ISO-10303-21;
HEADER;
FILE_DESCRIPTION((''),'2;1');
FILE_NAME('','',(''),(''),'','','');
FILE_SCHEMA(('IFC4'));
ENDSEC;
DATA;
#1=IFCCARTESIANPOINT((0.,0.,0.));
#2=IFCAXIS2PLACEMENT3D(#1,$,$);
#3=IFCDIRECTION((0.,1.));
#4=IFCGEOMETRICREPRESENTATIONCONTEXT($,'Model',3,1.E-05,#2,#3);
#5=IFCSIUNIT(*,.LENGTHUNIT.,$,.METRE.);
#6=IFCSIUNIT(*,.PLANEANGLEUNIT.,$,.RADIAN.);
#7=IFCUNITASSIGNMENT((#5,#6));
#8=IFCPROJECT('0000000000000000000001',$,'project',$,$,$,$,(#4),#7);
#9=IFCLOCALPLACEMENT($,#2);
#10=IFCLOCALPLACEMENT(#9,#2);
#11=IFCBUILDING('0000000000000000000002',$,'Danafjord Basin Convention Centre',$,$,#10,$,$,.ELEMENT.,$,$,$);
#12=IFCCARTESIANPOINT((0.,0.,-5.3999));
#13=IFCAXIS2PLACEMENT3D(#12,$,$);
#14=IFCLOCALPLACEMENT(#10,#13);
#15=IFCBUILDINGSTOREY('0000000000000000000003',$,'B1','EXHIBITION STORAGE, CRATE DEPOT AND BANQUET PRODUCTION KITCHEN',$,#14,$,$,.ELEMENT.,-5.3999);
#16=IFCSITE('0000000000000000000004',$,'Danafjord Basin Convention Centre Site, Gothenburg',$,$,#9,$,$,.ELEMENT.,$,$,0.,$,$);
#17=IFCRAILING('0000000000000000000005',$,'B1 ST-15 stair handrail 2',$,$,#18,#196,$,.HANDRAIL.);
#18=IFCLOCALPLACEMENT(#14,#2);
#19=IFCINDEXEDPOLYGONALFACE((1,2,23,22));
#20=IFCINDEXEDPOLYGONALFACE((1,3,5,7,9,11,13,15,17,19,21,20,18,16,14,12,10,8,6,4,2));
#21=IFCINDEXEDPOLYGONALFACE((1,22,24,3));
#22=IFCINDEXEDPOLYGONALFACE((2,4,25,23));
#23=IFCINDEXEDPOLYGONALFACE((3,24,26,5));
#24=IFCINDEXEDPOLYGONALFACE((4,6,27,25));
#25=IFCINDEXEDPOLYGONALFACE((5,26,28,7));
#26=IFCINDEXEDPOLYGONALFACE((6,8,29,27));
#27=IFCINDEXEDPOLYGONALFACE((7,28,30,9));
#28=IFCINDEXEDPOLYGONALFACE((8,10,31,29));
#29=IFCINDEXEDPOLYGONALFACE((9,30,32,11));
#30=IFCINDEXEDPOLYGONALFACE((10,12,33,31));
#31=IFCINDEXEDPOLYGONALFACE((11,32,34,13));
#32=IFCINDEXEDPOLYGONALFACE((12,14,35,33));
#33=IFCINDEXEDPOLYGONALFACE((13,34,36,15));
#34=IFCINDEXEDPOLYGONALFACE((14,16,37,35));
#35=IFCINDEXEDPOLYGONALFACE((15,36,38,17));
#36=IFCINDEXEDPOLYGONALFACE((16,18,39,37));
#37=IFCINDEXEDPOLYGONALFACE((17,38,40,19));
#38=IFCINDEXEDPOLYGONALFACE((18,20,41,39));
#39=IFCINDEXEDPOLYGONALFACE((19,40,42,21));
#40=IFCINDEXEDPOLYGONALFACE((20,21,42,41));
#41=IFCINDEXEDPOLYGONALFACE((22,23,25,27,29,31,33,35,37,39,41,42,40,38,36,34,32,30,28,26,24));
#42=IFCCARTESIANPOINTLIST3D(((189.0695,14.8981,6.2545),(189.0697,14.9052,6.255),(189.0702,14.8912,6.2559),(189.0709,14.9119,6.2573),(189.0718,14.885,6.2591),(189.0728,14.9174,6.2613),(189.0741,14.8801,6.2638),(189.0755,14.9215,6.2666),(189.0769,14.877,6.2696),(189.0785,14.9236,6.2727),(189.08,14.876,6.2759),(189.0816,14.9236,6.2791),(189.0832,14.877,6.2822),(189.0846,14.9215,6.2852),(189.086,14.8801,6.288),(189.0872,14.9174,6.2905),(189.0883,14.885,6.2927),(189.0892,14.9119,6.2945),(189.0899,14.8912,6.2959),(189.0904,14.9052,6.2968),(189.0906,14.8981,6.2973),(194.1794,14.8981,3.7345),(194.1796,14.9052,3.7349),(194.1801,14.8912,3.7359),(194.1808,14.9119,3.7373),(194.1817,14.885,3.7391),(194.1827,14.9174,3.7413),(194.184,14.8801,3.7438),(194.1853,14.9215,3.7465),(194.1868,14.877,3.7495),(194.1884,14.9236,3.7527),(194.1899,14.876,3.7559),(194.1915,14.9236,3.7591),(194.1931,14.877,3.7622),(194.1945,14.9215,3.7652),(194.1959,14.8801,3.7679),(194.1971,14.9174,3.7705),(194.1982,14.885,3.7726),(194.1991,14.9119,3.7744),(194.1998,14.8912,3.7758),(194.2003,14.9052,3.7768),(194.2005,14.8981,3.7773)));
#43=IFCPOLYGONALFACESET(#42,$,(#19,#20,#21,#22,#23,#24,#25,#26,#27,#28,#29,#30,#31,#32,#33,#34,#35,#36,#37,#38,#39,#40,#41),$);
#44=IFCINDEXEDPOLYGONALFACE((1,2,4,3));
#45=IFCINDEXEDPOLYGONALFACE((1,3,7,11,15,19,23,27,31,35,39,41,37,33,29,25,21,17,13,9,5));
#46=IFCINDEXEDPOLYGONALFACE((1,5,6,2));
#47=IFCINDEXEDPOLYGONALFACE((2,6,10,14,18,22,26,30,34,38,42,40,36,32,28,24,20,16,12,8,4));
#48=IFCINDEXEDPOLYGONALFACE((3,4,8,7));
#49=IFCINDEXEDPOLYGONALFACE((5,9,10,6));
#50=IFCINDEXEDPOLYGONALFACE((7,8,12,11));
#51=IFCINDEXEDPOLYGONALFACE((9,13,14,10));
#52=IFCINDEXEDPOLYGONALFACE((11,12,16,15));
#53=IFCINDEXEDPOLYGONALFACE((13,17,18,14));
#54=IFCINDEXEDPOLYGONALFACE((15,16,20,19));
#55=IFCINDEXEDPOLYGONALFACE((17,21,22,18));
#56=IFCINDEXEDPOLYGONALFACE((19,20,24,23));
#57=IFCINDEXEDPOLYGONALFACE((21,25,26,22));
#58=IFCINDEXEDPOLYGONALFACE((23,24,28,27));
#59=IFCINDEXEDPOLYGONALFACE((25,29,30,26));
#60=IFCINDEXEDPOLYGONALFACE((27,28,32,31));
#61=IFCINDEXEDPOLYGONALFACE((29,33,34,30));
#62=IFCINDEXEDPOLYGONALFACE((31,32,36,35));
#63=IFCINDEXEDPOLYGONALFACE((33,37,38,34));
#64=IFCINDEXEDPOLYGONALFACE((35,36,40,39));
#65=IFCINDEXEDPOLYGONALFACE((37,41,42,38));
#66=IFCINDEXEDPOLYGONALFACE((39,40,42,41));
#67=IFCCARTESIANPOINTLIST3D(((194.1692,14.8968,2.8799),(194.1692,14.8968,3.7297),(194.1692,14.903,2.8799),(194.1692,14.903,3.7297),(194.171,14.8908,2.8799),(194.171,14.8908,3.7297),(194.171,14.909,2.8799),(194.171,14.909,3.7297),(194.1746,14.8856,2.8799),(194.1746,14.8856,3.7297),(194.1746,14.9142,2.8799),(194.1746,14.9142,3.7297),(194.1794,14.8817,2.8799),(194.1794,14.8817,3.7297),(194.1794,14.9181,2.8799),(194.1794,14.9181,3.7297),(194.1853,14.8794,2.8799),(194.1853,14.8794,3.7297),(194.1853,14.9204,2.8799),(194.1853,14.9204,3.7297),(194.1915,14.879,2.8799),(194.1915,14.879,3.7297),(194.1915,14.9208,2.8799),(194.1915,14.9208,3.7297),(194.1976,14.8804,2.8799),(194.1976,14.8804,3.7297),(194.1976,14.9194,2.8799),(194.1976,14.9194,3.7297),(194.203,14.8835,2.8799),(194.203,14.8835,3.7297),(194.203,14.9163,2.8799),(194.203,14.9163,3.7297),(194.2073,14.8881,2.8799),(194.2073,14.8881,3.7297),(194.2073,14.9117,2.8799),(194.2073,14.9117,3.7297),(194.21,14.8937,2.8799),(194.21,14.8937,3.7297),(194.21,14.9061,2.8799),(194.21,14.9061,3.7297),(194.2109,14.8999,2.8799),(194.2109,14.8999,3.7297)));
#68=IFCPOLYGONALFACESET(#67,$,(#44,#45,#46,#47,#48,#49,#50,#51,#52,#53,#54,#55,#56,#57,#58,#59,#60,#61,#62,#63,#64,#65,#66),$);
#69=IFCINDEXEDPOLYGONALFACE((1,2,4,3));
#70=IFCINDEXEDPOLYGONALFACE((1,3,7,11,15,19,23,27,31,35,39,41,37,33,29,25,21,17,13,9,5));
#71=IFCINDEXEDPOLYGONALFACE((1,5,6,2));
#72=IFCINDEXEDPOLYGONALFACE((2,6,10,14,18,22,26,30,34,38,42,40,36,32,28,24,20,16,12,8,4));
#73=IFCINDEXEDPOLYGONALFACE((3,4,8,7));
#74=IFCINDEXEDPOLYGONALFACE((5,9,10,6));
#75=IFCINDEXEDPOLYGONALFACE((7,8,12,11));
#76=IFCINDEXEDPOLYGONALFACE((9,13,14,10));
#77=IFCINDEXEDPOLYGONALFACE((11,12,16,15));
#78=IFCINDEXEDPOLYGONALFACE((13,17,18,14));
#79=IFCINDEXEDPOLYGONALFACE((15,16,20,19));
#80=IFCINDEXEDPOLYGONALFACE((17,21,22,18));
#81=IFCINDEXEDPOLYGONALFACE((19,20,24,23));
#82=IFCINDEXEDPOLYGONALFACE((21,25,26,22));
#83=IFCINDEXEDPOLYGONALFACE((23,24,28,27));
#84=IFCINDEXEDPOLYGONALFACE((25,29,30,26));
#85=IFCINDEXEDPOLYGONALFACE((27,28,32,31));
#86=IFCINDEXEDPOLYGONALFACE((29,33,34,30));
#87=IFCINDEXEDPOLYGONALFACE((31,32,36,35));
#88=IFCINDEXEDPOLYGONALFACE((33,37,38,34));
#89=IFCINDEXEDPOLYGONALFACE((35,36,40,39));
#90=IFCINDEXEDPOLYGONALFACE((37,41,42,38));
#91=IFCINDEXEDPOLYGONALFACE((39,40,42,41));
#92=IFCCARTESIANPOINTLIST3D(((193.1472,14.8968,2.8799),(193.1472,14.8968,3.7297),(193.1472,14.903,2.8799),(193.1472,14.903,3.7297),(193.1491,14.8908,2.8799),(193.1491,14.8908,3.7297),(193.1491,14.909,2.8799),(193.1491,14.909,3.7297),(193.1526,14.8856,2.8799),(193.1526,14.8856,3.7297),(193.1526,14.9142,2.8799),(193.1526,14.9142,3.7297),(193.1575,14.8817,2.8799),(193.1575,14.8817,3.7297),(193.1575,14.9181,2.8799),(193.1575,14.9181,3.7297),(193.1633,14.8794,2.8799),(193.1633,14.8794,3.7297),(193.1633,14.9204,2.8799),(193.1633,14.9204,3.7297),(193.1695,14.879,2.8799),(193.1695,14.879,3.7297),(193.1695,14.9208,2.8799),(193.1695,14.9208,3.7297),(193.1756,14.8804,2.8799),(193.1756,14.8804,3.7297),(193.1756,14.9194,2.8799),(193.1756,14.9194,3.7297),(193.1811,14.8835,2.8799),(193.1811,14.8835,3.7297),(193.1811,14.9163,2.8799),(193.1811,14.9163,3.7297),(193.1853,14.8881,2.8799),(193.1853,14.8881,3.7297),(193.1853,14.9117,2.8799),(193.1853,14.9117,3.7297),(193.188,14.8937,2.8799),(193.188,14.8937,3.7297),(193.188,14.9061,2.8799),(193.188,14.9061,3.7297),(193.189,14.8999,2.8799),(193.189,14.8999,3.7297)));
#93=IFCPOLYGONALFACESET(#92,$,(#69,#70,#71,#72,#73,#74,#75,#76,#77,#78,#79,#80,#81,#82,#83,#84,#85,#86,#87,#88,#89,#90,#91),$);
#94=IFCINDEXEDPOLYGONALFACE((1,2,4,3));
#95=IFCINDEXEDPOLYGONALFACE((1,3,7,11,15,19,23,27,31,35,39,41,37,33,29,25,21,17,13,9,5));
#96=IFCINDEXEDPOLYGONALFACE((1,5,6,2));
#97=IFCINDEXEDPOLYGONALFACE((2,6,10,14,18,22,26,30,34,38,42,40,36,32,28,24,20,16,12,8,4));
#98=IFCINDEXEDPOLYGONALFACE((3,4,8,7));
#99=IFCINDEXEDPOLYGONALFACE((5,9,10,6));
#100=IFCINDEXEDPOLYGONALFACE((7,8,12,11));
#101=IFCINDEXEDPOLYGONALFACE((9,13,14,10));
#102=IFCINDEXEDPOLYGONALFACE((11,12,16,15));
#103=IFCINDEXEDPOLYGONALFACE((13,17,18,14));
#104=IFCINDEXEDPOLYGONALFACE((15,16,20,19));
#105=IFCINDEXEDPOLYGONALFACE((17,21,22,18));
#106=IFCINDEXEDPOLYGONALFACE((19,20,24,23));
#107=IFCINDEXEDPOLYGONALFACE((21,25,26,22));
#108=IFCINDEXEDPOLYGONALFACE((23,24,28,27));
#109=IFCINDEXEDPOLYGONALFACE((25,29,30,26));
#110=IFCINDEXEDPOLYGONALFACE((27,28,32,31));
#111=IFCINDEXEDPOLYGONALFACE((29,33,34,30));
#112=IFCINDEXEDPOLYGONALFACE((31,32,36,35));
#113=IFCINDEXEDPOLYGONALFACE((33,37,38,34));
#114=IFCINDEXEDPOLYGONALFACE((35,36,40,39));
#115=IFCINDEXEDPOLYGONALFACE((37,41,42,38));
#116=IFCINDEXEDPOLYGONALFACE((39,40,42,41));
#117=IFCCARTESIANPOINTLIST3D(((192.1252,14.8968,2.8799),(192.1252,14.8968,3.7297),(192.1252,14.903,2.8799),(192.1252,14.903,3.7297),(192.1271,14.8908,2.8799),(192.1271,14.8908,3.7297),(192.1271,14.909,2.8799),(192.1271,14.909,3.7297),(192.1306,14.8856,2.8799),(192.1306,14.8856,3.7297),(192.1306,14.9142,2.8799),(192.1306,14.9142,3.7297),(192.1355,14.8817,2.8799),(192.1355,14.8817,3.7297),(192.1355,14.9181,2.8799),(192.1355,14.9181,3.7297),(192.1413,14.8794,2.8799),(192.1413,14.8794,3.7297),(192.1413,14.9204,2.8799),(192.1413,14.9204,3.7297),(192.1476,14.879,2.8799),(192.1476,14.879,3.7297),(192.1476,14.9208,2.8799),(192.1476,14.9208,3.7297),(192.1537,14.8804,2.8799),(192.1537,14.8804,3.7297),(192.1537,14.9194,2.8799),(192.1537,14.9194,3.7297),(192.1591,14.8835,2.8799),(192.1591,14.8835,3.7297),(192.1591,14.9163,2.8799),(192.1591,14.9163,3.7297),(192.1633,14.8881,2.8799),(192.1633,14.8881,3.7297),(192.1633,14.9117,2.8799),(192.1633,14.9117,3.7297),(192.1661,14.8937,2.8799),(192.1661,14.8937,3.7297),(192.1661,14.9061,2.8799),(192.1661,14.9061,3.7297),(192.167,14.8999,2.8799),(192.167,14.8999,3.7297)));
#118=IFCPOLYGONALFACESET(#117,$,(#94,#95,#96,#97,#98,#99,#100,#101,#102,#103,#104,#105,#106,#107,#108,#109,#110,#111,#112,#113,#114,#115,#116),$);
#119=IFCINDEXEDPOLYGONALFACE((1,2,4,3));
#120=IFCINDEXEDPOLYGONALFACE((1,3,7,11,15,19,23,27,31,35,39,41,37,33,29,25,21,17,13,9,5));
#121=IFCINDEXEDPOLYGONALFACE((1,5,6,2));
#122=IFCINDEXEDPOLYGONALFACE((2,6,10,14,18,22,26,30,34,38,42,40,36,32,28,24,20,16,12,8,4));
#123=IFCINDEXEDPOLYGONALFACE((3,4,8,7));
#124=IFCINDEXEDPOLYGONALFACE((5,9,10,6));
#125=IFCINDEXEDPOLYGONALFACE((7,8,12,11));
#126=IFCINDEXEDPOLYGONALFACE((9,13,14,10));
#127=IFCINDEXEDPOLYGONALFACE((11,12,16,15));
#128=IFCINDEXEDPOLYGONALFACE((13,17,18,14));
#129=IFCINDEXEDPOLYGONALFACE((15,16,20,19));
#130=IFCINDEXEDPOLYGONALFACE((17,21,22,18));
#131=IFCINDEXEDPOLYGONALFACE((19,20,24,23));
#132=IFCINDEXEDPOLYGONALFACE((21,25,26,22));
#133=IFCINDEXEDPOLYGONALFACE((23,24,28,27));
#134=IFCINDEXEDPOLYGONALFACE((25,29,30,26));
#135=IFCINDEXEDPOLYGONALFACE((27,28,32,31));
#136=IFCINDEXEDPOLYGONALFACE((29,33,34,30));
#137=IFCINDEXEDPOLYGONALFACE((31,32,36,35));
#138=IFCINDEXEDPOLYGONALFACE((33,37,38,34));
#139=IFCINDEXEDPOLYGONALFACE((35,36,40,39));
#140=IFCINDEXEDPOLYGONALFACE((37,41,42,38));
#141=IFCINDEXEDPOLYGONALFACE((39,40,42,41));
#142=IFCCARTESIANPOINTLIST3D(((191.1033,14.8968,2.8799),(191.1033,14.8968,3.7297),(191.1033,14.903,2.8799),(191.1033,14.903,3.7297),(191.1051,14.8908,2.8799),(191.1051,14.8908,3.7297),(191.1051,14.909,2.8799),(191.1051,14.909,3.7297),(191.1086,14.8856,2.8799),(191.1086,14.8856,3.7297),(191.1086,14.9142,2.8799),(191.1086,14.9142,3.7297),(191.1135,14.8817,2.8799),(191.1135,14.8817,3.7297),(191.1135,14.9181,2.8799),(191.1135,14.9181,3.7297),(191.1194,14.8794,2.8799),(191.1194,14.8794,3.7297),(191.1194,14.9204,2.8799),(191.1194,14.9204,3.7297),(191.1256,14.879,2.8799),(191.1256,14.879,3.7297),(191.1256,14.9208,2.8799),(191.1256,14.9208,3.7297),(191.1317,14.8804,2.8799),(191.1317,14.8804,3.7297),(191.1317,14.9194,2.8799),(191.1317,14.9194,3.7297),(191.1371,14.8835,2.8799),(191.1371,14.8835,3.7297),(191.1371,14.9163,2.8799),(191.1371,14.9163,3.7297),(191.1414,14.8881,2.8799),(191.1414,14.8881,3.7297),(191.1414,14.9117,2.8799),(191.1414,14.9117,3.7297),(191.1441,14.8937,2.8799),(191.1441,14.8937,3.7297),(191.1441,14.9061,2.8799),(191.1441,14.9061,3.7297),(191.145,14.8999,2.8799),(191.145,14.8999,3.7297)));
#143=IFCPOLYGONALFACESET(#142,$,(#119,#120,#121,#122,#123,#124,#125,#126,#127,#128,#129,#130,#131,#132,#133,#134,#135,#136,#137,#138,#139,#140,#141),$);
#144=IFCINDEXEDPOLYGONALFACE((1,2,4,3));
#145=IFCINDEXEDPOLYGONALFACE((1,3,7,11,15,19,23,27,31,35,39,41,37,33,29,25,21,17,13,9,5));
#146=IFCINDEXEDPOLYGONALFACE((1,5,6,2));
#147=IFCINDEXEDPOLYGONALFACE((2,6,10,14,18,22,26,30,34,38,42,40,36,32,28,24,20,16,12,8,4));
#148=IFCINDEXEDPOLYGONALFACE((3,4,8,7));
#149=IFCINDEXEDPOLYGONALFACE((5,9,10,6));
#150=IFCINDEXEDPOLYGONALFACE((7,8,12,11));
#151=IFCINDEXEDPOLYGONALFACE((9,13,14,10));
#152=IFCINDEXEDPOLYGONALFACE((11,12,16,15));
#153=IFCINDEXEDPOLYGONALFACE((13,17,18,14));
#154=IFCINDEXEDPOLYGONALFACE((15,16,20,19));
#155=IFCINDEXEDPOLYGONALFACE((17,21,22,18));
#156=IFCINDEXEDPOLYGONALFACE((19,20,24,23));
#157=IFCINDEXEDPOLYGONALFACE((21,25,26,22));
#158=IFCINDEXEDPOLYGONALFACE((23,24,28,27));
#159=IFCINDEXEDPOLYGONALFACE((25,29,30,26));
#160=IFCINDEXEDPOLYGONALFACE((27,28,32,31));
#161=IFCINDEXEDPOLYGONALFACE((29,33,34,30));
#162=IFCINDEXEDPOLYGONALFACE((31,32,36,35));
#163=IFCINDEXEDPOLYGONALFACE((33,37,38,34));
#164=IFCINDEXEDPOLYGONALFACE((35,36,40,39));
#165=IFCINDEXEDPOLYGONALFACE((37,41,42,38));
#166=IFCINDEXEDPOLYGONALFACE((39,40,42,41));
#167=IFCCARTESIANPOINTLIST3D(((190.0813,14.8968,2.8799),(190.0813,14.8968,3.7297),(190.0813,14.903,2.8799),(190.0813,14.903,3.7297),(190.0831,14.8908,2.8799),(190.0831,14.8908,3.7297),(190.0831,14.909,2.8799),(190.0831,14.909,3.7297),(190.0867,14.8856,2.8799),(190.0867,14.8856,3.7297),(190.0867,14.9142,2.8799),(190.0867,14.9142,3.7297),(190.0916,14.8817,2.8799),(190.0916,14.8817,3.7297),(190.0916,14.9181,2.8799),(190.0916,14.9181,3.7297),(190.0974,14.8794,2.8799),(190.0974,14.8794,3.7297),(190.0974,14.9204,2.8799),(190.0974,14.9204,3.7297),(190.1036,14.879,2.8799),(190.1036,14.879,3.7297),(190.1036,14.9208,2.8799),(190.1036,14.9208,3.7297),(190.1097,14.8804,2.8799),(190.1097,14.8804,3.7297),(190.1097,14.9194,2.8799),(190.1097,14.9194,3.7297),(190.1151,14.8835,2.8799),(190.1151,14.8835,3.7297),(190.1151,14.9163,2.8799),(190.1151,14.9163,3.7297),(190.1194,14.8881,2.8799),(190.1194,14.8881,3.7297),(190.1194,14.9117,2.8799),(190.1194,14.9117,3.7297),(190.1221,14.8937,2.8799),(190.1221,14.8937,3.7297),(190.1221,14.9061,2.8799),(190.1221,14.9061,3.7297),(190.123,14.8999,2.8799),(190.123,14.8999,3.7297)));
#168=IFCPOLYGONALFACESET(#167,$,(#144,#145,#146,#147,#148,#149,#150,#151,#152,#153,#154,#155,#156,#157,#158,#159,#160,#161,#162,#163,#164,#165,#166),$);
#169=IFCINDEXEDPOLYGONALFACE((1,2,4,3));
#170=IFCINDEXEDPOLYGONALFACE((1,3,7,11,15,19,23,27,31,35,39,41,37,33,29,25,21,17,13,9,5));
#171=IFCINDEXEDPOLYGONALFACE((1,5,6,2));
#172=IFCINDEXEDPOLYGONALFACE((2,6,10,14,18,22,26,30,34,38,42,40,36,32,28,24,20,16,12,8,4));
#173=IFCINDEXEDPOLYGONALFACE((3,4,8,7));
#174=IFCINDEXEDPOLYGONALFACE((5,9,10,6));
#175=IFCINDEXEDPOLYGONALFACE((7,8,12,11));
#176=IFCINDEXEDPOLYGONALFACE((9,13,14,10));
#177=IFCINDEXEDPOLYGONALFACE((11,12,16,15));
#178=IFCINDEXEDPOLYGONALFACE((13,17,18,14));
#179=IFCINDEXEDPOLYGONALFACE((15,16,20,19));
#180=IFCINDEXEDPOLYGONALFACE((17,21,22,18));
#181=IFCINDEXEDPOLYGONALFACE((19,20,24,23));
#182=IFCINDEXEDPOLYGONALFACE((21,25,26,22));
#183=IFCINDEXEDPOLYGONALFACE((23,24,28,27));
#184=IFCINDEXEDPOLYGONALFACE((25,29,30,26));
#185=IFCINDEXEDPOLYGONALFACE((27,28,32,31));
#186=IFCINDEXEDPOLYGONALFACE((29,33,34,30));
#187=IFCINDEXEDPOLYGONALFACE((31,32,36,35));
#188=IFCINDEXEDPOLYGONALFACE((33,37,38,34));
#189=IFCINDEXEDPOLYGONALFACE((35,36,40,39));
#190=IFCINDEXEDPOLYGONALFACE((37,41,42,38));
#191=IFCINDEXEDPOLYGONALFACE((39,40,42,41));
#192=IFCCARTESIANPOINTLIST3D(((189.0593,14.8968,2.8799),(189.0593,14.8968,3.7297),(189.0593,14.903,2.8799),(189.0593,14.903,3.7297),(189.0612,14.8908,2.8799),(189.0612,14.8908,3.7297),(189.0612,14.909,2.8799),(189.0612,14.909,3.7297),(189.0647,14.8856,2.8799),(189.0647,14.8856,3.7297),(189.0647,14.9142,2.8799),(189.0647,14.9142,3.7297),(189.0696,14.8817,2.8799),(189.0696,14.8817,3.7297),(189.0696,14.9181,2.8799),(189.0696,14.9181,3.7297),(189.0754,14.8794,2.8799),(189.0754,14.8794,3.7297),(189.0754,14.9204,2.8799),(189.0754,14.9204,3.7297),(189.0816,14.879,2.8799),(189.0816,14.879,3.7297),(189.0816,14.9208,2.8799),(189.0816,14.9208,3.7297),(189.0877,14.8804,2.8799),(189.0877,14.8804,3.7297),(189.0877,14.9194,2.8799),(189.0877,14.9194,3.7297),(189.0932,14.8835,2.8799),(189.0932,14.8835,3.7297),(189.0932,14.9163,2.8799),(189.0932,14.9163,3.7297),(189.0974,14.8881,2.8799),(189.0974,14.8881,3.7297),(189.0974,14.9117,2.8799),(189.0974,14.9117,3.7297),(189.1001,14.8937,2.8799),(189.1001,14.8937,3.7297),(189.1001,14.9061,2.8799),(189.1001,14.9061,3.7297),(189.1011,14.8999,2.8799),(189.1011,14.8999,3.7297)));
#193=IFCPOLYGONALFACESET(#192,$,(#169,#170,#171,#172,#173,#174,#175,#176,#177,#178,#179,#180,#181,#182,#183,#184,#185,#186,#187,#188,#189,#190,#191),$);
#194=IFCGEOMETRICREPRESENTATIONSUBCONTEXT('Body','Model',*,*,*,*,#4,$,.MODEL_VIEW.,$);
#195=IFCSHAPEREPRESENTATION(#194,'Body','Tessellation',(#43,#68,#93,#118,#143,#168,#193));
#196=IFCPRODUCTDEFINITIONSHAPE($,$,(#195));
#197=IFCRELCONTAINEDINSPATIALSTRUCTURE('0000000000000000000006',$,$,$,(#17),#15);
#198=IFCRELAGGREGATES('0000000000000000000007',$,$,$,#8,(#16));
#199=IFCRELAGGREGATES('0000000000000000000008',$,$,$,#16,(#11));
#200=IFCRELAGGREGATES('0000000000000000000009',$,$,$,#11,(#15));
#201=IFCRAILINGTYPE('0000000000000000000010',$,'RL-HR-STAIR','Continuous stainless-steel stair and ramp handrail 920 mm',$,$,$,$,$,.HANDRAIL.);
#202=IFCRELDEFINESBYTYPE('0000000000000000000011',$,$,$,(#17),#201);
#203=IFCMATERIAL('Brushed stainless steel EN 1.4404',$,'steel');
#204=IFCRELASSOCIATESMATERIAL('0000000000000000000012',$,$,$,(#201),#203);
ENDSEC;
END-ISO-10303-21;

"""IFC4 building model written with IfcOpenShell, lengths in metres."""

from ifc_helpers import new_model, si_unit, direction, frame, origin, origin_2d, place, context, subcontext, project, spatial, circle, extrude, material, type_object, element, save


model = new_model("IFC4")

# Units and contexts
model_context = context("Model", 3, precision=1e-05, world=origin(), true_north=direction((0.0, 1.0)))
body_context = subcontext(model_context, "Body", "Model", "MODEL_VIEW")
ifc_project = project(units=[si_unit("LENGTHUNIT", "METRE"), si_unit("PLANEANGLEUNIT", "RADIAN")], contexts=[model_context])

# Site, building, storey
site_placement = place(None, origin())
site = spatial("IfcSite", under=ifc_project, at=site_placement, Name="Danafjord Basin Convention Centre Site, Gothenburg", CompositionType="ELEMENT", RefElevation=0.0)
building_placement = place(site_placement, origin())
building = spatial("IfcBuilding", under=site, at=building_placement, Name="Danafjord Basin Convention Centre", CompositionType="ELEMENT")
storey_placement = place(building_placement, frame((0.0, 0.0, -5.3999)))
storey = spatial("IfcBuildingStorey", under=building, at=storey_placement, Name="B1", Description="EXHIBITION STORAGE, CRATE DEPOT AND BANQUET PRODUCTION KITCHEN", CompositionType="ELEMENT", Elevation=-5.3999)

# Railing
ifc_material_1 = material(Name="Brushed stainless steel EN 1.4404", Category="steel")
railing_type_1 = type_object("IfcRailingType", Name="RL-HR-STAIR", Description="Continuous stainless-steel stair and ramp handrail 920 mm", PredefinedType="HANDRAIL", material=ifc_material_1)
railing_1_placement = place(storey_placement, frame((194.1899, 14.8999, 2.8799)))
element("IfcRailing", 1, at=railing_1_placement, inside=storey, type_object=railing_type_1, Name="B1 ST-15 stair handrail 2", PredefinedType="HANDRAIL", context=body_context, shape_type="SweptSolid", body=[
    extrude(circle(Radius=0.0239, at=origin_2d()), frame((0.0, 0.0, 0.876), z_axis=(-0.896865, 0.0, 0.442305), x_axis=(0.0, -1.0, 0.0)), (0.0, 0.0, 1.0), 5.6975),
    extrude(circle(Radius=0.021, at=origin_2d()), origin(), (0.0, 0.0, 1.0), 0.8499),
    extrude(circle(Radius=0.021, at=origin_2d()), frame((-1.022, 0.0, 0.0)), (0.0, 0.0, 1.0), 0.8499),
    extrude(circle(Radius=0.021, at=origin_2d()), frame((-2.0439, 0.0, 0.0)), (0.0, 0.0, 1.0), 0.8499),
    extrude(circle(Radius=0.021, at=origin_2d()), frame((-3.0659, 0.0, 0.0)), (0.0, 0.0, 1.0), 0.8499),
    extrude(circle(Radius=0.021, at=origin_2d()), frame((-4.0879, 0.0, 0.0)), (0.0, 0.0, 1.0), 0.8499),
    extrude(circle(Radius=0.021, at=origin_2d()), frame((-5.1099, 0.0, 0.0)), (0.0, 0.0, 1.0), 0.8499),
])

save(model, "model.ifc")
